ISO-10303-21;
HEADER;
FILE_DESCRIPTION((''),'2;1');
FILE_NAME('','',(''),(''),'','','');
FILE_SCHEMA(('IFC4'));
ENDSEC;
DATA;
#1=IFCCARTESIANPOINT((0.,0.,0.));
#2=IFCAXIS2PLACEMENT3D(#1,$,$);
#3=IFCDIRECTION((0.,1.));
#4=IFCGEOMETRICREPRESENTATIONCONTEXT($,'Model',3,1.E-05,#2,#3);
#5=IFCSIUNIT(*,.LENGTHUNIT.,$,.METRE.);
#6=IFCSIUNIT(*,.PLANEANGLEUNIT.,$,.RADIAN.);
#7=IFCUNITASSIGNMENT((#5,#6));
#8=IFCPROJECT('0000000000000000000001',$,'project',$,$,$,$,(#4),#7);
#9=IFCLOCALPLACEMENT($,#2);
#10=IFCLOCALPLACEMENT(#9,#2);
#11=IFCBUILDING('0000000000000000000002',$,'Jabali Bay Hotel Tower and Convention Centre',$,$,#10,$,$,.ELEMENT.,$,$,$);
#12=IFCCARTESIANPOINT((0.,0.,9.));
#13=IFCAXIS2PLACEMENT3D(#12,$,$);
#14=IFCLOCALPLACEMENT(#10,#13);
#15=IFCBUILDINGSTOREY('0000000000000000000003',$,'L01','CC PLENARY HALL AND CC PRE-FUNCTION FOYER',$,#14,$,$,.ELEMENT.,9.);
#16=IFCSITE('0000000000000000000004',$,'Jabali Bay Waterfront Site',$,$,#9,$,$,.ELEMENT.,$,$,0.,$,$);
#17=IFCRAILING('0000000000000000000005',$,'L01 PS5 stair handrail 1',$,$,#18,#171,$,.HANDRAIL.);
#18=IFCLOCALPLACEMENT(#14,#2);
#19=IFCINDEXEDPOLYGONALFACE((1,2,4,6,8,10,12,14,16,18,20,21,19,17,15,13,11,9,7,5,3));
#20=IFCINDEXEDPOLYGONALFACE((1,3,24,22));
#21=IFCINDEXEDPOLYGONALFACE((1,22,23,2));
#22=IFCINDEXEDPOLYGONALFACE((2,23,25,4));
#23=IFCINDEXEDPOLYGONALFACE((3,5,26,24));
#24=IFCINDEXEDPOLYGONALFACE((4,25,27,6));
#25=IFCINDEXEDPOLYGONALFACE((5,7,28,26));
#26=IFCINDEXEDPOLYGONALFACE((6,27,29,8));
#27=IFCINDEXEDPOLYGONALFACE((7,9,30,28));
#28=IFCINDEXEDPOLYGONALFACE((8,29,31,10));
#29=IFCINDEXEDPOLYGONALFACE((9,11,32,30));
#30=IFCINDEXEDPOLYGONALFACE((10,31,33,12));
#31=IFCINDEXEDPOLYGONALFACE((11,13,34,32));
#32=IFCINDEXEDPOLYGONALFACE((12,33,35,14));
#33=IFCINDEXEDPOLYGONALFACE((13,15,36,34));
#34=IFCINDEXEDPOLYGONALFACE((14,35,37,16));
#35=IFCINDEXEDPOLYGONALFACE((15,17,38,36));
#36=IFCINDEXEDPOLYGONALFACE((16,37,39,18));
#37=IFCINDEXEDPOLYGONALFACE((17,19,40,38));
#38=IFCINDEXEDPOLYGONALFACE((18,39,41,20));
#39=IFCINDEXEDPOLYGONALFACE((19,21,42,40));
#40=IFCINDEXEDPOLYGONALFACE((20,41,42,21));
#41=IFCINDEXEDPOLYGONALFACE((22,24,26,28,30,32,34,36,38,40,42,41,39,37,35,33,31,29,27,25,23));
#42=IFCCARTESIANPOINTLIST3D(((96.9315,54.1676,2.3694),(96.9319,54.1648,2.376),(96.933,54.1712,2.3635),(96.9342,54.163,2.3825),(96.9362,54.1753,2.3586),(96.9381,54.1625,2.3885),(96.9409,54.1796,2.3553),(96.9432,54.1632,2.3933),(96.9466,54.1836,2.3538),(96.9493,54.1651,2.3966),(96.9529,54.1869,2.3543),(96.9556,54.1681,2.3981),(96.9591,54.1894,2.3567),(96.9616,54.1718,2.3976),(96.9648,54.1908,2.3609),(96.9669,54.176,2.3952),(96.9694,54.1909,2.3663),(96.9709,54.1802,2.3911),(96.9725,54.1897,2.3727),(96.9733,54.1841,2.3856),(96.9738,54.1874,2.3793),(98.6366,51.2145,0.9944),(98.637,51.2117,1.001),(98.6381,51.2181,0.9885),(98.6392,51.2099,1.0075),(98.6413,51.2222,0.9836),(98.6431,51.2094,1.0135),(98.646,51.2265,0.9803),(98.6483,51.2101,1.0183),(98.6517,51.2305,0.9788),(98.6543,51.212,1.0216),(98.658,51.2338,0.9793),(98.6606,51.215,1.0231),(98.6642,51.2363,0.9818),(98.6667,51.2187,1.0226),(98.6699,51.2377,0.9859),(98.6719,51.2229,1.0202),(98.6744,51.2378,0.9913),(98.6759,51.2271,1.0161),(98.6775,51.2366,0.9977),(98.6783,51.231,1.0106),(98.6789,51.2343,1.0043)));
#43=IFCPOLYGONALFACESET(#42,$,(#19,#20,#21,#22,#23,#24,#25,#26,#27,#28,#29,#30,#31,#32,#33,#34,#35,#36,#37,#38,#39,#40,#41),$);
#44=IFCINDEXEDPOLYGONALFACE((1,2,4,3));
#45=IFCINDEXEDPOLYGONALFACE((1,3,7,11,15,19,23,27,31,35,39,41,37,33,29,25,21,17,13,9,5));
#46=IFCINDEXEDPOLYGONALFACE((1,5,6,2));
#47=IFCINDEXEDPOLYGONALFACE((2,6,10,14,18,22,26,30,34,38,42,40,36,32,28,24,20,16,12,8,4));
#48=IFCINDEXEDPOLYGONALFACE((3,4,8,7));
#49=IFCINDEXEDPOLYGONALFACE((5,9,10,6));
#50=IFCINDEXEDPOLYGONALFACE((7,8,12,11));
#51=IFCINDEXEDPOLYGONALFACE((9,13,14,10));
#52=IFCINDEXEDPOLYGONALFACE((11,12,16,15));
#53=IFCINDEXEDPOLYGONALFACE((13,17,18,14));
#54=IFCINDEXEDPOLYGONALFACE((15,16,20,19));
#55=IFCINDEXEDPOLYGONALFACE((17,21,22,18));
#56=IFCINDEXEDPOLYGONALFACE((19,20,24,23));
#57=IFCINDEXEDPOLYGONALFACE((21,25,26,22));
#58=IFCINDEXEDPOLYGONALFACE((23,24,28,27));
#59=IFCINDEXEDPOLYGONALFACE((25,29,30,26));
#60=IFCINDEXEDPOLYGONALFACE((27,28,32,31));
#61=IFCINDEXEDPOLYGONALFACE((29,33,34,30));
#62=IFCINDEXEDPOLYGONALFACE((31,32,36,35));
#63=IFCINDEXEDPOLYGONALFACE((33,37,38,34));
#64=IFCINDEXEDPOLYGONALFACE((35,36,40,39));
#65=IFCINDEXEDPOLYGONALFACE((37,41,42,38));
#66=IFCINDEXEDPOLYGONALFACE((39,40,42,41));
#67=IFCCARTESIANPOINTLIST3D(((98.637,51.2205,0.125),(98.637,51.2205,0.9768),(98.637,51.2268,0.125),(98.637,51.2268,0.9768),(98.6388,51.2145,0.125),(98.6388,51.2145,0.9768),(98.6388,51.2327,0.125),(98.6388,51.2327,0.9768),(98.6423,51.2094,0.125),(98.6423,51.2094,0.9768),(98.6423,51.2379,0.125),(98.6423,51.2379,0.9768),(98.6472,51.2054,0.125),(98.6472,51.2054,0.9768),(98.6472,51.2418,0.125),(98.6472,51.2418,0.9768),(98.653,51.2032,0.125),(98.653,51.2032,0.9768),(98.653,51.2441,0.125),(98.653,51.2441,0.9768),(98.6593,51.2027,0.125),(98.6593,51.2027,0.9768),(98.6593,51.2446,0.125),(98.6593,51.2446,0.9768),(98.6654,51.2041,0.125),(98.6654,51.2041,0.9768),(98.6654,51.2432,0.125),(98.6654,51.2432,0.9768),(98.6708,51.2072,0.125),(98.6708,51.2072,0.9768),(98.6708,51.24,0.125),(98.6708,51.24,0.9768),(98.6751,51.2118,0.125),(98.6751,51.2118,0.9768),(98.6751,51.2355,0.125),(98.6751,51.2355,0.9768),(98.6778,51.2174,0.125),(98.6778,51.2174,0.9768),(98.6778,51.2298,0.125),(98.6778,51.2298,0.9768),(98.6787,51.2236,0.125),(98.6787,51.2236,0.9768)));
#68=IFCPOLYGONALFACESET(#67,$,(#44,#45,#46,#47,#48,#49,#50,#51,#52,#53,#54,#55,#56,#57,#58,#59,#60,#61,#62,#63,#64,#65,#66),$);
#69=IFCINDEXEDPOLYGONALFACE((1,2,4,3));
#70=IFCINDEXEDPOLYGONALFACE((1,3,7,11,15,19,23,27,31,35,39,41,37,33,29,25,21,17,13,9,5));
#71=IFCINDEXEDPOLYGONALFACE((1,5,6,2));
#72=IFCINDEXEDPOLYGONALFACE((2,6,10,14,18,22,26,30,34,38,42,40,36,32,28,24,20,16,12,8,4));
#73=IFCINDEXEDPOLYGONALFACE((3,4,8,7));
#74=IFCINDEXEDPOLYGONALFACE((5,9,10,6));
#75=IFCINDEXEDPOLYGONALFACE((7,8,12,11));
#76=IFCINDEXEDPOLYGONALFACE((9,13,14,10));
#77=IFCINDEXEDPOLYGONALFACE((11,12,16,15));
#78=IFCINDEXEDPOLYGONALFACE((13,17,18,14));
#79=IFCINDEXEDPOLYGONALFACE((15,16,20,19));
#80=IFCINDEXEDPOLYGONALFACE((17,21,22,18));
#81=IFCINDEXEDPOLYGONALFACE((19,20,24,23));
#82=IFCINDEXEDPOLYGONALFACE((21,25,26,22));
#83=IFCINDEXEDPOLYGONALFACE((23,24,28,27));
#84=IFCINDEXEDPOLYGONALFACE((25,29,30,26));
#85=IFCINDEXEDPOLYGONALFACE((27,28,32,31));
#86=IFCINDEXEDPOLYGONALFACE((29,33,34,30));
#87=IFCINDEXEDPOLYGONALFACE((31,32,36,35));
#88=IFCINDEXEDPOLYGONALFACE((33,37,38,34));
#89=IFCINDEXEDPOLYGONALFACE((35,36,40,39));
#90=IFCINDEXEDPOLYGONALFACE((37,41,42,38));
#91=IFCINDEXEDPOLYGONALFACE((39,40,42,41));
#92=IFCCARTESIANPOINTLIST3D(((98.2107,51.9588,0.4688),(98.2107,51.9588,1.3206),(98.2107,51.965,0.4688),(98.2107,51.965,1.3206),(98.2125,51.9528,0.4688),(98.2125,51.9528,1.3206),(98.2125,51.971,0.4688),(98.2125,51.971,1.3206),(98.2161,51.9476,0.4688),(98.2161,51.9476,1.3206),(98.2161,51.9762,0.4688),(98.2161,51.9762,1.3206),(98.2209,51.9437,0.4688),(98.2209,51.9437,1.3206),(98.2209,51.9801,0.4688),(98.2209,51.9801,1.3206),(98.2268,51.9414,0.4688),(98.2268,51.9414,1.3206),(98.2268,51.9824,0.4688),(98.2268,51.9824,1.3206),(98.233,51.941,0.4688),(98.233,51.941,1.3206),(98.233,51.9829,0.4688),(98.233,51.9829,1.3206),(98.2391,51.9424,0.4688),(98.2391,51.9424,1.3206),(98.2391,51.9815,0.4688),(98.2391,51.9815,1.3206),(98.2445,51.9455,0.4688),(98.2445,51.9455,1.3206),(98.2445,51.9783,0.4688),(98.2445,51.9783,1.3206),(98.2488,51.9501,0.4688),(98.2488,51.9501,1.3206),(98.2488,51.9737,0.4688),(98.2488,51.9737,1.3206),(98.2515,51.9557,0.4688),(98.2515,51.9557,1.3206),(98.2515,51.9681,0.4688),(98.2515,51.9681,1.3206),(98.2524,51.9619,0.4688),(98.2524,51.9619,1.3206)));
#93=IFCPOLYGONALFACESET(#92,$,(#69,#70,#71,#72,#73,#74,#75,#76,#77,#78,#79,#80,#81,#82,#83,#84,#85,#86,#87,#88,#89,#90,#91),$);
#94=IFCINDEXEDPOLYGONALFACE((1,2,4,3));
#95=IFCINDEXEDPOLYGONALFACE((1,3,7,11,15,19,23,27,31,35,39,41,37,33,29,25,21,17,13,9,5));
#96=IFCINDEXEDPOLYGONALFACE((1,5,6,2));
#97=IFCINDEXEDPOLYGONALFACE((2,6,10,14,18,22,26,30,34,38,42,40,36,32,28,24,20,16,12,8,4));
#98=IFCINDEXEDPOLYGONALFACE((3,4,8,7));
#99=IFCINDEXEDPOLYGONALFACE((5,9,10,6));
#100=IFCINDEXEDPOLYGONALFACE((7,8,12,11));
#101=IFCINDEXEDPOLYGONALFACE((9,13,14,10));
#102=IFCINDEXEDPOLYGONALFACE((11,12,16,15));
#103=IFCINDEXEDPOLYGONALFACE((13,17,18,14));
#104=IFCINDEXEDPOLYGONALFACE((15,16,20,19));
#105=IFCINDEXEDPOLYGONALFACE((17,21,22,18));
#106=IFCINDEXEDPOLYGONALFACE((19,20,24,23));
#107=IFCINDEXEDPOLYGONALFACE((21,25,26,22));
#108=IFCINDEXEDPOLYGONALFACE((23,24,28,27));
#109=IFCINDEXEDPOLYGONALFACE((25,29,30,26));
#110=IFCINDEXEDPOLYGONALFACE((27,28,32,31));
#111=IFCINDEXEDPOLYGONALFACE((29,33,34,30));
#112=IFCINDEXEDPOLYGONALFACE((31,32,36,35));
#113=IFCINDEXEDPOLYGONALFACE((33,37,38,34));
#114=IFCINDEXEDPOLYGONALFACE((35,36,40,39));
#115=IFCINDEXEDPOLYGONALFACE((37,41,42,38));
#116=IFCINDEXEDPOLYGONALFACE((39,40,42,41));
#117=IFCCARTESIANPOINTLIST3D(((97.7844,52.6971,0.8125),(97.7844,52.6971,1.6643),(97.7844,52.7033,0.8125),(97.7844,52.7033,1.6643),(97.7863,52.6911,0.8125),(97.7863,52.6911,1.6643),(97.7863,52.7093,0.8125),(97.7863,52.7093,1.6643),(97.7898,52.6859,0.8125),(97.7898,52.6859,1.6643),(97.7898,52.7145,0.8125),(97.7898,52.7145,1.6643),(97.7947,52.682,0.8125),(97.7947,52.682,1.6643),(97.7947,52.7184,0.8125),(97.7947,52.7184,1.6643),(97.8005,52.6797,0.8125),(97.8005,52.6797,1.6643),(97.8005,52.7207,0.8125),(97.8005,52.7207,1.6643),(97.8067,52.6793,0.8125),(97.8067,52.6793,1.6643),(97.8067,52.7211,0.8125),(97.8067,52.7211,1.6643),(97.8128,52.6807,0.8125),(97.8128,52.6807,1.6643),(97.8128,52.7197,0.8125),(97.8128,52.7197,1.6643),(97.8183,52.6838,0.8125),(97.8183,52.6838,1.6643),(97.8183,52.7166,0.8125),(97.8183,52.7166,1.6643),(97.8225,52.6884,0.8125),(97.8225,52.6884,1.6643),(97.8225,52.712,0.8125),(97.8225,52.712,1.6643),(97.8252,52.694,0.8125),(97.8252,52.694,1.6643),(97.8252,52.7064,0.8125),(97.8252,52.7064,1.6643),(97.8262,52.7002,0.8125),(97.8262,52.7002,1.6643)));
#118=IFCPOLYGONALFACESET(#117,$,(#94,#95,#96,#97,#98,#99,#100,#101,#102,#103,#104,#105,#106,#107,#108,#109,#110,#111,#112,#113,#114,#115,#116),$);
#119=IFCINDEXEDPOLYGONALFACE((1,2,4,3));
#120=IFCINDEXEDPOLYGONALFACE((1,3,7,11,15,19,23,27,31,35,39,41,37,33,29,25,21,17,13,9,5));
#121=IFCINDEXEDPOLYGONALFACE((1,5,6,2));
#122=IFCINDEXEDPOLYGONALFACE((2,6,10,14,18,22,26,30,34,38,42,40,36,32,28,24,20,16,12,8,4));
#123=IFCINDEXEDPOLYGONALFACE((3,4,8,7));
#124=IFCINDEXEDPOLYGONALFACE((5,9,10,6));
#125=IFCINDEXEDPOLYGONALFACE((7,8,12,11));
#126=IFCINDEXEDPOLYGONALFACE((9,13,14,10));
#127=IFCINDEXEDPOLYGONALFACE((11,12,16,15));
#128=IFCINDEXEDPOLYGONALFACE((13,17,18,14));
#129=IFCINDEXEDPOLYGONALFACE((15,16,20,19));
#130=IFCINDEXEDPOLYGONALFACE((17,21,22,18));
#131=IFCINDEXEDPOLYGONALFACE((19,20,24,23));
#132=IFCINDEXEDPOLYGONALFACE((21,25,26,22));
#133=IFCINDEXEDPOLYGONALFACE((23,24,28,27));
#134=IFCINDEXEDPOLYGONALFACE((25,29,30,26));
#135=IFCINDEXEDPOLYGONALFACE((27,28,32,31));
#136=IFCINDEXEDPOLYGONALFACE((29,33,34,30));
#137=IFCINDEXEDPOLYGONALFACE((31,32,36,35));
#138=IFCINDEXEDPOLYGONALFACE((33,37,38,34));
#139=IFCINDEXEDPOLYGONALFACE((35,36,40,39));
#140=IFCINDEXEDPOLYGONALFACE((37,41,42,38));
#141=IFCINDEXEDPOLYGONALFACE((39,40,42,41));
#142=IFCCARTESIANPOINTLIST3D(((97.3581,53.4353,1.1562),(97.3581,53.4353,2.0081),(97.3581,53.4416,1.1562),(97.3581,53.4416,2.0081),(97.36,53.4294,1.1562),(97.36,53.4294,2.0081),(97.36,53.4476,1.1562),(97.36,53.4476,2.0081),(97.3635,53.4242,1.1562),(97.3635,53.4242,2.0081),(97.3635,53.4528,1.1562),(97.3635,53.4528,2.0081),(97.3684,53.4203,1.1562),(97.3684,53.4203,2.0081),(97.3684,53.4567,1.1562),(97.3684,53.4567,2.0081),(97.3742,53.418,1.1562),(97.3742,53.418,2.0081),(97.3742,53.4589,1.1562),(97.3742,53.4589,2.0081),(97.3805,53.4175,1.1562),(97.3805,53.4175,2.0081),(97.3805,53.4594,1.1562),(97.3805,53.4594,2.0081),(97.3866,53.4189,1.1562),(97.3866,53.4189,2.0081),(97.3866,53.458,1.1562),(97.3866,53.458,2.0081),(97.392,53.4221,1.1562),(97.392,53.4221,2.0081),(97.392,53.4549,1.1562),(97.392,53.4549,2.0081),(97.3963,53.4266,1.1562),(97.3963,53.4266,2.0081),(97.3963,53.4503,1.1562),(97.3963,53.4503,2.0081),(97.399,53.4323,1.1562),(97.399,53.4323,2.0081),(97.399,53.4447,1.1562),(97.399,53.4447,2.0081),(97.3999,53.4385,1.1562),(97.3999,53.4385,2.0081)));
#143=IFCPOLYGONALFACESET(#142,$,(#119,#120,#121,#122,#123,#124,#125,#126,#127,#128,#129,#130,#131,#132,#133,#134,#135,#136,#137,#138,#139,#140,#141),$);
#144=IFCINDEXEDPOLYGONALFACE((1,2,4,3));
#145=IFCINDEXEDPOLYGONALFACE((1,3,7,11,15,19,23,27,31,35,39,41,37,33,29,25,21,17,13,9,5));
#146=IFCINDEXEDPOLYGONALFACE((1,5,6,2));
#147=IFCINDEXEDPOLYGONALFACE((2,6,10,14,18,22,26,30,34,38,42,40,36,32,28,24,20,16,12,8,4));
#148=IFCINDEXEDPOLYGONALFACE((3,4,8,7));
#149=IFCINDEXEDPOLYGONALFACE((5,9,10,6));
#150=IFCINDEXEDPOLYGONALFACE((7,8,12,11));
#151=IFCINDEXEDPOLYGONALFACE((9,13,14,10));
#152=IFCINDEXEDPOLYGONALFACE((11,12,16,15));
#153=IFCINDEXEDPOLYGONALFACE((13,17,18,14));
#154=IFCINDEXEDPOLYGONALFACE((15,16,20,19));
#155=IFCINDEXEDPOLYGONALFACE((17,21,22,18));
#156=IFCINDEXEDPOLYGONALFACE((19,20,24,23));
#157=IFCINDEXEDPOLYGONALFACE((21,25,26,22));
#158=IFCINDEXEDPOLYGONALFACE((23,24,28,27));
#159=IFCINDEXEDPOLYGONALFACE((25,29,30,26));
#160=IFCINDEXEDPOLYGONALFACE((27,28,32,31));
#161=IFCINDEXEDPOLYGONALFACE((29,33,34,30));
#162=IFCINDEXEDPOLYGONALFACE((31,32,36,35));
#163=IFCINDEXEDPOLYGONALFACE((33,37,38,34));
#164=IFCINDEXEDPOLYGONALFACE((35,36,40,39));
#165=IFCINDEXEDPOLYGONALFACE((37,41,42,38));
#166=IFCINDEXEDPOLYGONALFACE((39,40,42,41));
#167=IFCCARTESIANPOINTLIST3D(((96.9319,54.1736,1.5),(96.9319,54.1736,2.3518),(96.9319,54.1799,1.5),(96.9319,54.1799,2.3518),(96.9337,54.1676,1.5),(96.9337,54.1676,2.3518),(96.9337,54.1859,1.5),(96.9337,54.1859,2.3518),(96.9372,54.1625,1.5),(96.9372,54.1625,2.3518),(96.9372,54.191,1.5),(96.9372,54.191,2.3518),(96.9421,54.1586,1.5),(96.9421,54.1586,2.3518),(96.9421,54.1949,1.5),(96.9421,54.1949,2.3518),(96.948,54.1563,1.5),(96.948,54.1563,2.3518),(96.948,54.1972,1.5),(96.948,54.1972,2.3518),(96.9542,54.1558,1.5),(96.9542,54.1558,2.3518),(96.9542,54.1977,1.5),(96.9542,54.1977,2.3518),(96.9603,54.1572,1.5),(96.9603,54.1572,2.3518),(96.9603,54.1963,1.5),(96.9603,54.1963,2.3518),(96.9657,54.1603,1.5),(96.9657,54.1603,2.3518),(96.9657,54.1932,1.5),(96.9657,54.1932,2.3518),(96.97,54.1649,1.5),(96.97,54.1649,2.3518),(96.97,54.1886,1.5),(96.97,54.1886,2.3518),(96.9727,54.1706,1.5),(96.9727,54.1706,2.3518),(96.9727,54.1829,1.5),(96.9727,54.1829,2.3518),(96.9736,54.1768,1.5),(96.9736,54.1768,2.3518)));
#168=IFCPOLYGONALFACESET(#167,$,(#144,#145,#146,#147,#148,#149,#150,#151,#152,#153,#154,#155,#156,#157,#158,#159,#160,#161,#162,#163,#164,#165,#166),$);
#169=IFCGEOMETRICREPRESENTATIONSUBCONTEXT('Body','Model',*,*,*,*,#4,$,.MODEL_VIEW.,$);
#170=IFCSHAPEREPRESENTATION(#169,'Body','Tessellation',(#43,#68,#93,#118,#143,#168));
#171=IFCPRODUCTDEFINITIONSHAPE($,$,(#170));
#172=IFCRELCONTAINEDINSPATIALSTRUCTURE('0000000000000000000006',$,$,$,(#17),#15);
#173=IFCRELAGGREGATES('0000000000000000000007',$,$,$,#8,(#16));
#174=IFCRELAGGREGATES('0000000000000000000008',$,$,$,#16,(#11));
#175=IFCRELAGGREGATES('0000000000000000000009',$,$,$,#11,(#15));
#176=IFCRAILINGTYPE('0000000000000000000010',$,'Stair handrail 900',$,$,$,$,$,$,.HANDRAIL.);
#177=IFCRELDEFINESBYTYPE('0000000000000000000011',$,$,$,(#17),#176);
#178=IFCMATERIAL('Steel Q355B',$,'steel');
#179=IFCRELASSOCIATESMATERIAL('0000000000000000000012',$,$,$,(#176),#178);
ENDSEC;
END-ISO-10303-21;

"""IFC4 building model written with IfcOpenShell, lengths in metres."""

from ifc_helpers import new_model, si_unit, direction, frame, origin, origin_2d, place, context, subcontext, project, spatial, circle, extrude, material, type_object, element, save


model = new_model("IFC4")

# Units and contexts
model_context = context("Model", 3, precision=1e-05, world=origin(), true_north=direction((0.0, 1.0)))
body_context = subcontext(model_context, "Body", "Model", "MODEL_VIEW")
ifc_project = project(units=[si_unit("LENGTHUNIT", "METRE"), si_unit("PLANEANGLEUNIT", "RADIAN")], contexts=[model_context])

# Site, building, storey
site_placement = place(None, origin())
site = spatial("IfcSite", under=ifc_project, at=site_placement, Name="Jabali Bay Waterfront Site", CompositionType="ELEMENT", RefElevation=0.0)
building_placement = place(site_placement, origin())
building = spatial("IfcBuilding", under=site, at=building_placement, Name="Jabali Bay Hotel Tower and Convention Centre", CompositionType="ELEMENT")
storey_placement = place(building_placement, frame((0.0, 0.0, 9.0)))
storey = spatial("IfcBuildingStorey", under=building, at=storey_placement, Name="L01", Description="CC PLENARY HALL AND CC PRE-FUNCTION FOYER", CompositionType="ELEMENT", Elevation=9.0)

# Railing
ifc_material_1 = material(Name="Steel Q355B", Category="steel")
railing_type_1 = type_object("IfcRailingType", Name="Stair handrail 900", PredefinedType="HANDRAIL", material=ifc_material_1)
railing_1_placement = place(storey_placement, frame((98.6577, 51.2236, 0.125)))
element("IfcRailing", 1, at=railing_1_placement, inside=storey, type_object=railing_type_1, Name="L01 PS5 stair handrail 1", PredefinedType="HANDRAIL", context=body_context, shape_type="SweptSolid", body=[
    extrude(circle(Radius=0.0239, at=origin_2d()), frame((0.0, 0.0, 0.876), z_axis=(-0.46374, 0.803178, 0.373966), x_axis=(-0.866014, -0.50002, 0.0)), (0.0, 0.0, 1.0), 3.6768),
    extrude(circle(Radius=0.021, at=origin_2d()), origin(), (0.0, 0.0, 1.0), 0.8518),
    extrude(circle(Radius=0.021, at=origin_2d()), frame((-0.4263, 0.7383, 0.3438)), (0.0, 0.0, 1.0), 0.8518),
    extrude(circle(Radius=0.021, at=origin_2d()), frame((-0.8525, 1.4766, 0.6875)), (0.0, 0.0, 1.0), 0.8518),
    extrude(circle(Radius=0.021, at=origin_2d()), frame((-1.2788, 2.2148, 1.0312)), (0.0, 0.0, 1.0), 0.8518),
    extrude(circle(Radius=0.021, at=origin_2d()), frame((-1.7051, 2.9531, 1.375)), (0.0, 0.0, 1.0), 0.8518),
])

save(model, "model.ifc")
